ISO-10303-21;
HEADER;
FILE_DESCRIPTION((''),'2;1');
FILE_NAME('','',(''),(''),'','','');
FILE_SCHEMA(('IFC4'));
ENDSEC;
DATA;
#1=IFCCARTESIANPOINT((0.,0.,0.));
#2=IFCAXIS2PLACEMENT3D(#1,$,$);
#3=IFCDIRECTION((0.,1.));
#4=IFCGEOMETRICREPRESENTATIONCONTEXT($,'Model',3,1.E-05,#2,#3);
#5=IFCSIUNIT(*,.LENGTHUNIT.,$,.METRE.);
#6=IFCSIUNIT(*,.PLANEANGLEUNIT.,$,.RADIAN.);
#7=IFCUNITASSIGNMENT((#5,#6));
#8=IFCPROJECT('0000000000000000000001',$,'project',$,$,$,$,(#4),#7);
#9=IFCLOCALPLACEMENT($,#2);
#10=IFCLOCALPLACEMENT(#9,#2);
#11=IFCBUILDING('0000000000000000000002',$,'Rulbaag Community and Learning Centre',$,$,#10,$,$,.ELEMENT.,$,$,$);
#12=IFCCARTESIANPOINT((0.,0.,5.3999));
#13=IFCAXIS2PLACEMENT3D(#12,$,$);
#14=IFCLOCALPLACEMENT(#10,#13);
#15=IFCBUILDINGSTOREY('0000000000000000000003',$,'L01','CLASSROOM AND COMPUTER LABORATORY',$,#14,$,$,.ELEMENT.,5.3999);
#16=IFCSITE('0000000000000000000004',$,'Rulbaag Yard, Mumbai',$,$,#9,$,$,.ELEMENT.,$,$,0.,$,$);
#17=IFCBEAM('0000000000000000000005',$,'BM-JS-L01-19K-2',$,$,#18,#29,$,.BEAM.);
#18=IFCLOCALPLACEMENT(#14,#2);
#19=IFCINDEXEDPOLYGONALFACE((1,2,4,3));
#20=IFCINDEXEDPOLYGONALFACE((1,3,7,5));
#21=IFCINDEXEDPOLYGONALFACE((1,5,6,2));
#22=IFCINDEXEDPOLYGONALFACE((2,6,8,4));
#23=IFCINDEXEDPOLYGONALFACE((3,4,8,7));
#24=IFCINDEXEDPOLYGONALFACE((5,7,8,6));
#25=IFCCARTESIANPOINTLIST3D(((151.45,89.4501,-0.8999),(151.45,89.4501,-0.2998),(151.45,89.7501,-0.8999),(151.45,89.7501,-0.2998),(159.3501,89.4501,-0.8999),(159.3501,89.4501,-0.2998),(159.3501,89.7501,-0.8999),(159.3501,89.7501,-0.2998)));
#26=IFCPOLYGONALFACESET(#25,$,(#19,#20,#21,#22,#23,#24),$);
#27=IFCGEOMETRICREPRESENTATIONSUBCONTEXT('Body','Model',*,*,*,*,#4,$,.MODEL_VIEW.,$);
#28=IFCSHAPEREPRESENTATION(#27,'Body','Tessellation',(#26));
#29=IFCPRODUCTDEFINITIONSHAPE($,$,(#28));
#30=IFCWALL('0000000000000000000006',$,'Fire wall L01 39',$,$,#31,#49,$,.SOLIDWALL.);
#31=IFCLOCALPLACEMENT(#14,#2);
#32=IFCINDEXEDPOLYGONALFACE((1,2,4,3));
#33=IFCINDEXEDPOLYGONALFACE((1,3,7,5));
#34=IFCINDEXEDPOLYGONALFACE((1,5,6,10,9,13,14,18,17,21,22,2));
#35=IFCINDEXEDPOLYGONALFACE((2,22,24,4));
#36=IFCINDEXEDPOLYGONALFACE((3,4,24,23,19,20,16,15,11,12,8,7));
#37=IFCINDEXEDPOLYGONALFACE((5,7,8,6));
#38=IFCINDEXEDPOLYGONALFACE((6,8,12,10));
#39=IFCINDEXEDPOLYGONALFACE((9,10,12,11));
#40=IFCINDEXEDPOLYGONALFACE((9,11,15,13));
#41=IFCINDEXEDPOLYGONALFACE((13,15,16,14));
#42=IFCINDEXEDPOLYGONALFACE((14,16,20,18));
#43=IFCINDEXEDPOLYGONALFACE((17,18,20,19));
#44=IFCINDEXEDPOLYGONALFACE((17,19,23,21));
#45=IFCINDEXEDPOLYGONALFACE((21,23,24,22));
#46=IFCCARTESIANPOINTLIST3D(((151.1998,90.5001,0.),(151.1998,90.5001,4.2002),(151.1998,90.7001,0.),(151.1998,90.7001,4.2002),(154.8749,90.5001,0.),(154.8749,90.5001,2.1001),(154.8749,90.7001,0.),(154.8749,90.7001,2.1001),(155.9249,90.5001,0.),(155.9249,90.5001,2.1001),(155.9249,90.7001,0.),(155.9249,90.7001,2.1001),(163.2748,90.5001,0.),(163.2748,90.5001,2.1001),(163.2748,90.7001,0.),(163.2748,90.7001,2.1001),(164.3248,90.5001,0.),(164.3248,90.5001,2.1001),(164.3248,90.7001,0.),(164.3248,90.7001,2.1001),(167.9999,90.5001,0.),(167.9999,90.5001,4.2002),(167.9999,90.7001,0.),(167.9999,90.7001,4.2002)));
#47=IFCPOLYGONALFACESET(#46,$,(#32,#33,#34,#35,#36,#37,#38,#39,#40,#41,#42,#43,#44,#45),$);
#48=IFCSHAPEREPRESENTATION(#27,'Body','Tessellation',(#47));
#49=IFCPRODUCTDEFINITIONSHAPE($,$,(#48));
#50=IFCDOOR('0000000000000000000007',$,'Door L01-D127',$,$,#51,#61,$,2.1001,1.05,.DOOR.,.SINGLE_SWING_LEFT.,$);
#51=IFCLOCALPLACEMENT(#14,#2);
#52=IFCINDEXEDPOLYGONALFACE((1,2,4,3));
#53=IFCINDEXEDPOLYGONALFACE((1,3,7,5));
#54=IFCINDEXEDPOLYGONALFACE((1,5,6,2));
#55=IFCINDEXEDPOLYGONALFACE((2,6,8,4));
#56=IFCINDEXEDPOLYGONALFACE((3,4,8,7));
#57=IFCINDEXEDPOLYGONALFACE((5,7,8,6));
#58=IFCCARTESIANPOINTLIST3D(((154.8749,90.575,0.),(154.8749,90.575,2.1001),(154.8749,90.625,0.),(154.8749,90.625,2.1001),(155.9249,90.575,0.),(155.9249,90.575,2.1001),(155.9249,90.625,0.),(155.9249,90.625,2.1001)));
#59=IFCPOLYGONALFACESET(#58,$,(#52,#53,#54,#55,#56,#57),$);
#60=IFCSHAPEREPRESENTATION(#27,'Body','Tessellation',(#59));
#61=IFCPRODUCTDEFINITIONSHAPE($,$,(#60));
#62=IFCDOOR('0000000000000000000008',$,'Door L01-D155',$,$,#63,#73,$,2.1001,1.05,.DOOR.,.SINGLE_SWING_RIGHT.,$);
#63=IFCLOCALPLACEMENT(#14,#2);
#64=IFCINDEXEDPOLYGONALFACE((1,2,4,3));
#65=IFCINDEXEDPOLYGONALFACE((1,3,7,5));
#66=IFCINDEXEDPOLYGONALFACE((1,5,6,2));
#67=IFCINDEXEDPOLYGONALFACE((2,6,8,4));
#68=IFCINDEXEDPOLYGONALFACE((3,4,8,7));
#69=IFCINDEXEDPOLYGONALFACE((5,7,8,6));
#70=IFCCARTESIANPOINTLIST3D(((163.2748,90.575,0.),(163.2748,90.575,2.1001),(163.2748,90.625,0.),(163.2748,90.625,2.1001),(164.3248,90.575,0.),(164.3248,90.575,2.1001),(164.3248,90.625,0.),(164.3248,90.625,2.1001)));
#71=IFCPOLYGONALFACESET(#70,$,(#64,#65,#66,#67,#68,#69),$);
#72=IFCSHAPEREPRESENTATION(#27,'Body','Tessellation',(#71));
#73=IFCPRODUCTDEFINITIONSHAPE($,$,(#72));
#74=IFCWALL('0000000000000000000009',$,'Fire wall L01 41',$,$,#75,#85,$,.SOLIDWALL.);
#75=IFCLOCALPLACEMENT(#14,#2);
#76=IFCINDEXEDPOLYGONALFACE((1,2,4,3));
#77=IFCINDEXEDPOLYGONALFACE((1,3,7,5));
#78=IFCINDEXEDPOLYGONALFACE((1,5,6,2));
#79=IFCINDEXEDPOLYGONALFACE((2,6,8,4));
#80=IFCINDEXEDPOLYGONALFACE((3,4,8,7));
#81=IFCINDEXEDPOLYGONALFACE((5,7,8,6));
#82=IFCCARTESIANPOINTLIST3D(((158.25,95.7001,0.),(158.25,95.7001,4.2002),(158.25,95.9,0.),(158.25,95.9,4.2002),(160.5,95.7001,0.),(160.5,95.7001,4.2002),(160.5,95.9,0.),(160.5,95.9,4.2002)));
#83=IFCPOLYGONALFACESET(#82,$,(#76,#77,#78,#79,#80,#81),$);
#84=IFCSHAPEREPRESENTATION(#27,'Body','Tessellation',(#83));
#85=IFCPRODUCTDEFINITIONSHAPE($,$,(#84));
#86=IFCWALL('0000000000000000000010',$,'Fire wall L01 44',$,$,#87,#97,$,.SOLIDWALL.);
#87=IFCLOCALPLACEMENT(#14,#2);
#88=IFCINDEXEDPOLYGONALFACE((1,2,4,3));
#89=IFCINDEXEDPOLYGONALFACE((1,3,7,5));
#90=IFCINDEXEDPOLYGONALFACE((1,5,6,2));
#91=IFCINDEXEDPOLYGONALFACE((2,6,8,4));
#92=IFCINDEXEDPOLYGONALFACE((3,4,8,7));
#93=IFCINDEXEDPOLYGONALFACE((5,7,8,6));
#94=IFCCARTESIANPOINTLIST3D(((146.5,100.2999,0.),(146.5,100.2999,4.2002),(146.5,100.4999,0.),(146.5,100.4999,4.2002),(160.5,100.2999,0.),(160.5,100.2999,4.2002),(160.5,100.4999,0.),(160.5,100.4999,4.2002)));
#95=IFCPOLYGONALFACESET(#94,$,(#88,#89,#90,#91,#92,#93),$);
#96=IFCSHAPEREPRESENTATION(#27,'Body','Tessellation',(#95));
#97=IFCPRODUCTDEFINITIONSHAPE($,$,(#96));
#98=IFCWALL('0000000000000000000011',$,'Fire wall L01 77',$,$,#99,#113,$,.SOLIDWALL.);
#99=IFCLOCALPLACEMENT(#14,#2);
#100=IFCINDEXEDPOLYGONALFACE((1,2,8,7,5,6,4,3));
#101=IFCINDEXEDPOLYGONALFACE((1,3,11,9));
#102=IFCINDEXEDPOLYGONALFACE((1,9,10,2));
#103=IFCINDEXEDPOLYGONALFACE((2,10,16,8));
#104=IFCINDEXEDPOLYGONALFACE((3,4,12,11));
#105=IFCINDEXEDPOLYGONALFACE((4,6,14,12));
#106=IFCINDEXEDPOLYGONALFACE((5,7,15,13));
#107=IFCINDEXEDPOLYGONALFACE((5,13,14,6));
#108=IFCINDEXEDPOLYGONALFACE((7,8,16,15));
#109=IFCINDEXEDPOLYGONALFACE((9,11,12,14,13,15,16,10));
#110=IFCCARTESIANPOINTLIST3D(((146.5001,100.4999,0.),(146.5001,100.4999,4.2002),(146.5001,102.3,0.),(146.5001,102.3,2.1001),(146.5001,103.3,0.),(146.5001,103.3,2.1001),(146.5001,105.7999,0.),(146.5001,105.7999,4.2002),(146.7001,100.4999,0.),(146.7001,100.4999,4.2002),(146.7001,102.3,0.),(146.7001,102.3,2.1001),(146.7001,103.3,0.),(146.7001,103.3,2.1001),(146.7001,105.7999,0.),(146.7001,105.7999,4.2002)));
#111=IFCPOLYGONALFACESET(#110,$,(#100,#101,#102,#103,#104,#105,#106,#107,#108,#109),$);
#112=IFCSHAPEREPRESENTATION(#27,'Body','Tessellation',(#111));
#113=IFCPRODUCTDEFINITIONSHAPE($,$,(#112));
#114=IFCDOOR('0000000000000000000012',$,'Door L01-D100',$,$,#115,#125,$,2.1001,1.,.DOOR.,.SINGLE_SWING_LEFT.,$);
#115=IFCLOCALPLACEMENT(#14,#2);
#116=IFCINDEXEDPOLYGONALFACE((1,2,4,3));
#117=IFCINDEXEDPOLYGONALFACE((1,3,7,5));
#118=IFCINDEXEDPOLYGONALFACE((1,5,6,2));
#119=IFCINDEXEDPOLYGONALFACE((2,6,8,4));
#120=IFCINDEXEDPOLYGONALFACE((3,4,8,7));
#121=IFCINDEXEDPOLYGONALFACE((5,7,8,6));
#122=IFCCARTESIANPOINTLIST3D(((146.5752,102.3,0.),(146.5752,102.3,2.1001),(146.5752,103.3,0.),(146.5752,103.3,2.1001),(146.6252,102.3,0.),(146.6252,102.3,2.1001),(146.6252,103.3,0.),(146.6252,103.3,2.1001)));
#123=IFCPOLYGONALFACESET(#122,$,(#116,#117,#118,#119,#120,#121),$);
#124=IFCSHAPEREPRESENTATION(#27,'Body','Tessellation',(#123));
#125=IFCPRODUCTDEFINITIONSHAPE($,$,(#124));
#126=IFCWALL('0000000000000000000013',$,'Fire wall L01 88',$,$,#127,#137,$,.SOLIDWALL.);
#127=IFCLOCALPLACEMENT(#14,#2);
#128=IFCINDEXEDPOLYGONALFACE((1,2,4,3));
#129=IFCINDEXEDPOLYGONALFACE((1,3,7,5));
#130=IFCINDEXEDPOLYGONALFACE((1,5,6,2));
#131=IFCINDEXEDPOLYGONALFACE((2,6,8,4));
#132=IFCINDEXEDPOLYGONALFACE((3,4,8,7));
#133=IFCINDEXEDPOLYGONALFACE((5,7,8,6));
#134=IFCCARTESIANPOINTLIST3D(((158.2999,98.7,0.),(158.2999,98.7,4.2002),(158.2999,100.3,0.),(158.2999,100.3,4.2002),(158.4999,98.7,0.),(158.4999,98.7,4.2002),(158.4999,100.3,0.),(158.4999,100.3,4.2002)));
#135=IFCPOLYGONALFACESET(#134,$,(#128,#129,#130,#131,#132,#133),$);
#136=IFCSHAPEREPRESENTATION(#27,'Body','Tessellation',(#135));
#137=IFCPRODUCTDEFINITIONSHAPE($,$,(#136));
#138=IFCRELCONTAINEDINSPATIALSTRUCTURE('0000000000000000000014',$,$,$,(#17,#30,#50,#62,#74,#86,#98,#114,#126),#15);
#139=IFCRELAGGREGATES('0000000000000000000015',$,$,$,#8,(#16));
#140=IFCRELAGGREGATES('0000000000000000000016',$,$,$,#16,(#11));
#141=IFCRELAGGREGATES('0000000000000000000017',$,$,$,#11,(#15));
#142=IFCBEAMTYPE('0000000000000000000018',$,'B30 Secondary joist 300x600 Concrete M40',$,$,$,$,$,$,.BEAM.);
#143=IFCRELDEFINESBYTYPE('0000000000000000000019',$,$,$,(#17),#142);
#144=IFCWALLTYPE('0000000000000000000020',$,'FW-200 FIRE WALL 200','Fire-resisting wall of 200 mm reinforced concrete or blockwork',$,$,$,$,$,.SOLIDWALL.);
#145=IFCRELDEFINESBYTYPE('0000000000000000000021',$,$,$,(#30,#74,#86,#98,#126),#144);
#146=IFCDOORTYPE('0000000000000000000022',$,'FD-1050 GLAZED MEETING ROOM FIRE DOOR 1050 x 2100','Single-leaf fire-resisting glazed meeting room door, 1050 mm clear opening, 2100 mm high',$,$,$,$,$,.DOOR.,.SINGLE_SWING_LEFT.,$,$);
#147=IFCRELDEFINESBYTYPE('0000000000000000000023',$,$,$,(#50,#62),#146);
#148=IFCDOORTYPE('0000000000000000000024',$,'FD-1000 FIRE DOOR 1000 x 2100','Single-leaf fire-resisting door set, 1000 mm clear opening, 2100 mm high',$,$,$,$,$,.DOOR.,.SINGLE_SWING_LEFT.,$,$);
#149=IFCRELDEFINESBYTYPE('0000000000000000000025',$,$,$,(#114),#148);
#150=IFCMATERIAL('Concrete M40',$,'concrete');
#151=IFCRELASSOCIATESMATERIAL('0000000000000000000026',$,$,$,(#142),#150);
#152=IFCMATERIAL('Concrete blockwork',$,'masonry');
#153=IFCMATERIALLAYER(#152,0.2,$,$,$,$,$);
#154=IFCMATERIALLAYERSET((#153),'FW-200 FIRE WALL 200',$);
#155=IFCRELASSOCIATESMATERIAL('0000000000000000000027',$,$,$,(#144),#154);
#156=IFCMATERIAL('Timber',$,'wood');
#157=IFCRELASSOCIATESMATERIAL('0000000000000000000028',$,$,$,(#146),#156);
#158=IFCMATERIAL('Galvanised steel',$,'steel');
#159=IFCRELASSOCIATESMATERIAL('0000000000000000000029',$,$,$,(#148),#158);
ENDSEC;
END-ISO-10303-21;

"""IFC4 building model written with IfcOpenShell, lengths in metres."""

from ifc_helpers import new_model, si_unit, direction, frame, frame_2d, origin, origin_2d, place, context, subcontext, project, spatial, rectangle, extrude, material, layer, layer_set, material_profile, profile_set, type_object, element, fill, save


model = new_model("IFC4")

# Units and contexts
model_context = context("Model", 3, precision=1e-05, world=origin(), true_north=direction((0.0, 1.0)))
body_context = subcontext(model_context, "Body", "Model", "MODEL_VIEW")
ifc_project = project(units=[si_unit("LENGTHUNIT", "METRE"), si_unit("PLANEANGLEUNIT", "RADIAN")], contexts=[model_context])

# Site, building, storey
site_placement = place(None, origin())
site = spatial("IfcSite", under=ifc_project, at=site_placement, Name="Rulbaag Yard, Mumbai", CompositionType="ELEMENT", RefElevation=0.0)
building_placement = place(site_placement, origin())
building = spatial("IfcBuilding", under=site, at=building_placement, Name="Rulbaag Community and Learning Centre", CompositionType="ELEMENT")
storey_placement = place(building_placement, frame((0.0, 0.0, 5.3999)))
storey = spatial("IfcBuildingStorey", under=building, at=storey_placement, Name="L01", Description="CLASSROOM AND COMPUTER LABORATORY", CompositionType="ELEMENT", Elevation=5.3999)

# Beam
ifc_material_1 = material(Name="Concrete M40", Category="concrete")
ifc_material_profile = material_profile(ifc_material_1, rectangle(XDim=0.3, YDim=0.6001, at=origin_2d()), Name="RB300x600")
ifc_profile_set = profile_set([ifc_material_profile], Name="Concrete M40")
beam_type = type_object("IfcBeamType", Name="B30 Secondary joist 300x600 Concrete M40", PredefinedType="BEAM", material=ifc_profile_set)
beam_placement = place(storey_placement, frame((151.45, 89.6001, -0.5999), z_axis=(1.0, 0.0, 0.0), x_axis=(0.0, 1.0, 0.0)))
element("IfcBeam", 1, at=beam_placement, inside=storey, type_object=beam_type, Name="BM-JS-L01-19K-2", PredefinedType="BEAM", context=body_context, shape_type="SweptSolid", body=[
    extrude(rectangle(XDim=0.3, YDim=0.6001, at=origin_2d()), origin(), (0.0, 0.0, 1.0), 7.9001),
])

# Wall, openings, doors
ifc_material_2 = material(Name="Concrete blockwork", Category="masonry")
ifc_layer_1 = layer(ifc_material_2, 0.2)
ifc_layer_set_1 = layer_set([ifc_layer_1], Name="FW-200 FIRE WALL 200")
wall_type_1 = type_object("IfcWallType", Name="FW-200 FIRE WALL 200", Description="Fire-resisting wall of 200 mm reinforced concrete or blockwork", PredefinedType="SOLIDWALL", material=ifc_layer_set_1)
wall_1_placement = place(storey_placement, frame((151.2, 90.6001, 0.0), z_axis=(0.0, 0.0, 1.0), x_axis=(1.0, 0.0, 0.0)))
wall_1 = element("IfcWall", 2, at=wall_1_placement, inside=storey, type_object=wall_type_1, Name="Fire wall L01 39", PredefinedType="SOLIDWALL", context=body_context, shape_type="SweptSolid", body=[
    extrude(rectangle(XDim=16.8, YDim=0.2, at=frame_2d((8.3999, 0.0))), origin(), (0.0, 0.0, 1.0), 4.2002),
])
opening_1_placement = place(wall_1_placement, frame((3.675, 0.0, 0.0)))
opening_1 = element("IfcOpeningElement", 3, at=opening_1_placement, cuts=wall_1, PredefinedType="OPENING", context=body_context, shape_type="SweptSolid", body=[
    extrude(rectangle(XDim=1.05, YDim=2.1001, at=frame_2d((0.5249, 1.05))), frame((0.0, 0.1099, 0.0), z_axis=(0.0, -1.0, 0.0), x_axis=(1.0, 0.0, 0.0)), (0.0, 0.0, 1.0), 0.22),
])
opening_2_placement = place(wall_1_placement, frame((12.075, 0.0, 0.0)))
opening_2 = element("IfcOpeningElement", 4, at=opening_2_placement, cuts=wall_1, PredefinedType="OPENING", context=body_context, shape_type="SweptSolid", body=[
    extrude(rectangle(XDim=1.05, YDim=2.1001, at=frame_2d((0.5249, 1.05))), frame((0.0, 0.1099, 0.0), z_axis=(0.0, -1.0, 0.0), x_axis=(1.0, 0.0, 0.0)), (0.0, 0.0, 1.0), 0.22),
])
ifc_material_3 = material(Name="Timber", Category="wood")
door_type_1 = type_object("IfcDoorType", Name="FD-1050 GLAZED MEETING ROOM FIRE DOOR 1050 x 2100", Description="Single-leaf fire-resisting glazed meeting room door, 1050 mm clear opening, 2100 mm high", OperationType="SINGLE_SWING_LEFT", PredefinedType="DOOR", material=ifc_material_3)
door_1_placement = place(opening_1_placement, origin())
door_1 = element("IfcDoor", 5, at=door_1_placement, inside=storey, type_object=door_type_1, Name="Door L01-D127", OperationType="SINGLE_SWING_LEFT", OverallHeight=2.1001, OverallWidth=1.05, PredefinedType="DOOR", context=body_context, shape_type="SweptSolid", body=[
    extrude(rectangle(XDim=1.05, YDim=2.1001, at=frame_2d((0.5249, 1.05))), frame((0.0, 0.0249, 0.0), z_axis=(0.0, -1.0, 0.0), x_axis=(1.0, 0.0, 0.0)), (0.0, 0.0, 1.0), 0.05),
])
fill(opening_1, door_1)
door_2_placement = place(opening_2_placement, origin())
door_2 = element("IfcDoor", 6, at=door_2_placement, inside=storey, type_object=door_type_1, Name="Door L01-D155", OperationType="SINGLE_SWING_RIGHT", OverallHeight=2.1001, OverallWidth=1.05, PredefinedType="DOOR", context=body_context, shape_type="SweptSolid", body=[
    extrude(rectangle(XDim=1.05, YDim=2.1001, at=frame_2d((0.5249, 1.05))), frame((0.0, 0.0249, 0.0), z_axis=(0.0, -1.0, 0.0), x_axis=(1.0, 0.0, 0.0)), (0.0, 0.0, 1.0), 0.05),
])
fill(opening_2, door_2)

# Walls
wall_2_placement = place(storey_placement, frame((158.25, 95.8, 0.0), z_axis=(0.0, 0.0, 1.0), x_axis=(1.0, 0.0, 0.0)))
element("IfcWall", 7, at=wall_2_placement, inside=storey, type_object=wall_type_1, Name="Fire wall L01 41", PredefinedType="SOLIDWALL", context=body_context, shape_type="SweptSolid", body=[
    extrude(rectangle(XDim=2.25, YDim=0.2, at=frame_2d((1.125, 0.0))), origin(), (0.0, 0.0, 1.0), 4.2002),
])
wall_3_placement = place(storey_placement, frame((146.5, 100.3999, 0.0), z_axis=(0.0, 0.0, 1.0), x_axis=(1.0, 0.0, 0.0)))
element("IfcWall", 8, at=wall_3_placement, inside=storey, type_object=wall_type_1, Name="Fire wall L01 44", PredefinedType="SOLIDWALL", context=body_context, shape_type="SweptSolid", body=[
    extrude(rectangle(XDim=14.0, YDim=0.2, at=frame_2d((7.0, 0.0))), origin(), (0.0, 0.0, 1.0), 4.2002),
])

# Wall, opening, door
wall_4_placement = place(storey_placement, frame((146.6001, 100.5, 0.0), z_axis=(0.0, 0.0, 1.0), x_axis=(0.0, 1.0, 0.0)))
wall_4 = element("IfcWall", 9, at=wall_4_placement, inside=storey, type_object=wall_type_1, Name="Fire wall L01 77", PredefinedType="SOLIDWALL", context=body_context, shape_type="SweptSolid", body=[
    extrude(rectangle(XDim=5.3, YDim=0.2, at=frame_2d((2.6499, 0.0))), origin(), (0.0, 0.0, 1.0), 4.2002),
])
opening_3_placement = place(wall_4_placement, frame((1.8, 0.0, 0.0)))
opening_3 = element("IfcOpeningElement", 10, at=opening_3_placement, cuts=wall_4, PredefinedType="OPENING", context=body_context, shape_type="SweptSolid", body=[
    extrude(rectangle(XDim=1.0, YDim=2.1001, at=frame_2d((0.5, 1.05))), frame((0.0, 0.1099, 0.0), z_axis=(0.0, -1.0, 0.0), x_axis=(1.0, 0.0, 0.0)), (0.0, 0.0, 1.0), 0.22),
])
ifc_material_4 = material(Name="Galvanised steel", Category="steel")
door_type_2 = type_object("IfcDoorType", Name="FD-1000 FIRE DOOR 1000 x 2100", Description="Single-leaf fire-resisting door set, 1000 mm clear opening, 2100 mm high", OperationType="SINGLE_SWING_LEFT", PredefinedType="DOOR", material=ifc_material_4)
door_3_placement = place(opening_3_placement, origin())
door_3 = element("IfcDoor", 11, at=door_3_placement, inside=storey, type_object=door_type_2, Name="Door L01-D100", OperationType="SINGLE_SWING_LEFT", OverallHeight=2.1001, OverallWidth=1.0, PredefinedType="DOOR", context=body_context, shape_type="SweptSolid", body=[
    extrude(rectangle(XDim=1.0, YDim=2.1001, at=frame_2d((0.5, 1.05))), frame((0.0, 0.0249, 0.0), z_axis=(0.0, -1.0, 0.0), x_axis=(1.0, 0.0, 0.0)), (0.0, 0.0, 1.0), 0.05),
])
fill(opening_3, door_3)

# Wall
wall_5_placement = place(storey_placement, frame((158.3999, 98.7, 0.0), z_axis=(0.0, 0.0, 1.0), x_axis=(0.0, 1.0, 0.0)))
element("IfcWall", 12, at=wall_5_placement, inside=storey, type_object=wall_type_1, Name="Fire wall L01 88", PredefinedType="SOLIDWALL", context=body_context, shape_type="SweptSolid", body=[
    extrude(rectangle(XDim=1.6001, YDim=0.2, at=frame_2d((0.8, 0.0))), origin(), (0.0, 0.0, 1.0), 4.2002),
])

save(model, "model.ifc")
